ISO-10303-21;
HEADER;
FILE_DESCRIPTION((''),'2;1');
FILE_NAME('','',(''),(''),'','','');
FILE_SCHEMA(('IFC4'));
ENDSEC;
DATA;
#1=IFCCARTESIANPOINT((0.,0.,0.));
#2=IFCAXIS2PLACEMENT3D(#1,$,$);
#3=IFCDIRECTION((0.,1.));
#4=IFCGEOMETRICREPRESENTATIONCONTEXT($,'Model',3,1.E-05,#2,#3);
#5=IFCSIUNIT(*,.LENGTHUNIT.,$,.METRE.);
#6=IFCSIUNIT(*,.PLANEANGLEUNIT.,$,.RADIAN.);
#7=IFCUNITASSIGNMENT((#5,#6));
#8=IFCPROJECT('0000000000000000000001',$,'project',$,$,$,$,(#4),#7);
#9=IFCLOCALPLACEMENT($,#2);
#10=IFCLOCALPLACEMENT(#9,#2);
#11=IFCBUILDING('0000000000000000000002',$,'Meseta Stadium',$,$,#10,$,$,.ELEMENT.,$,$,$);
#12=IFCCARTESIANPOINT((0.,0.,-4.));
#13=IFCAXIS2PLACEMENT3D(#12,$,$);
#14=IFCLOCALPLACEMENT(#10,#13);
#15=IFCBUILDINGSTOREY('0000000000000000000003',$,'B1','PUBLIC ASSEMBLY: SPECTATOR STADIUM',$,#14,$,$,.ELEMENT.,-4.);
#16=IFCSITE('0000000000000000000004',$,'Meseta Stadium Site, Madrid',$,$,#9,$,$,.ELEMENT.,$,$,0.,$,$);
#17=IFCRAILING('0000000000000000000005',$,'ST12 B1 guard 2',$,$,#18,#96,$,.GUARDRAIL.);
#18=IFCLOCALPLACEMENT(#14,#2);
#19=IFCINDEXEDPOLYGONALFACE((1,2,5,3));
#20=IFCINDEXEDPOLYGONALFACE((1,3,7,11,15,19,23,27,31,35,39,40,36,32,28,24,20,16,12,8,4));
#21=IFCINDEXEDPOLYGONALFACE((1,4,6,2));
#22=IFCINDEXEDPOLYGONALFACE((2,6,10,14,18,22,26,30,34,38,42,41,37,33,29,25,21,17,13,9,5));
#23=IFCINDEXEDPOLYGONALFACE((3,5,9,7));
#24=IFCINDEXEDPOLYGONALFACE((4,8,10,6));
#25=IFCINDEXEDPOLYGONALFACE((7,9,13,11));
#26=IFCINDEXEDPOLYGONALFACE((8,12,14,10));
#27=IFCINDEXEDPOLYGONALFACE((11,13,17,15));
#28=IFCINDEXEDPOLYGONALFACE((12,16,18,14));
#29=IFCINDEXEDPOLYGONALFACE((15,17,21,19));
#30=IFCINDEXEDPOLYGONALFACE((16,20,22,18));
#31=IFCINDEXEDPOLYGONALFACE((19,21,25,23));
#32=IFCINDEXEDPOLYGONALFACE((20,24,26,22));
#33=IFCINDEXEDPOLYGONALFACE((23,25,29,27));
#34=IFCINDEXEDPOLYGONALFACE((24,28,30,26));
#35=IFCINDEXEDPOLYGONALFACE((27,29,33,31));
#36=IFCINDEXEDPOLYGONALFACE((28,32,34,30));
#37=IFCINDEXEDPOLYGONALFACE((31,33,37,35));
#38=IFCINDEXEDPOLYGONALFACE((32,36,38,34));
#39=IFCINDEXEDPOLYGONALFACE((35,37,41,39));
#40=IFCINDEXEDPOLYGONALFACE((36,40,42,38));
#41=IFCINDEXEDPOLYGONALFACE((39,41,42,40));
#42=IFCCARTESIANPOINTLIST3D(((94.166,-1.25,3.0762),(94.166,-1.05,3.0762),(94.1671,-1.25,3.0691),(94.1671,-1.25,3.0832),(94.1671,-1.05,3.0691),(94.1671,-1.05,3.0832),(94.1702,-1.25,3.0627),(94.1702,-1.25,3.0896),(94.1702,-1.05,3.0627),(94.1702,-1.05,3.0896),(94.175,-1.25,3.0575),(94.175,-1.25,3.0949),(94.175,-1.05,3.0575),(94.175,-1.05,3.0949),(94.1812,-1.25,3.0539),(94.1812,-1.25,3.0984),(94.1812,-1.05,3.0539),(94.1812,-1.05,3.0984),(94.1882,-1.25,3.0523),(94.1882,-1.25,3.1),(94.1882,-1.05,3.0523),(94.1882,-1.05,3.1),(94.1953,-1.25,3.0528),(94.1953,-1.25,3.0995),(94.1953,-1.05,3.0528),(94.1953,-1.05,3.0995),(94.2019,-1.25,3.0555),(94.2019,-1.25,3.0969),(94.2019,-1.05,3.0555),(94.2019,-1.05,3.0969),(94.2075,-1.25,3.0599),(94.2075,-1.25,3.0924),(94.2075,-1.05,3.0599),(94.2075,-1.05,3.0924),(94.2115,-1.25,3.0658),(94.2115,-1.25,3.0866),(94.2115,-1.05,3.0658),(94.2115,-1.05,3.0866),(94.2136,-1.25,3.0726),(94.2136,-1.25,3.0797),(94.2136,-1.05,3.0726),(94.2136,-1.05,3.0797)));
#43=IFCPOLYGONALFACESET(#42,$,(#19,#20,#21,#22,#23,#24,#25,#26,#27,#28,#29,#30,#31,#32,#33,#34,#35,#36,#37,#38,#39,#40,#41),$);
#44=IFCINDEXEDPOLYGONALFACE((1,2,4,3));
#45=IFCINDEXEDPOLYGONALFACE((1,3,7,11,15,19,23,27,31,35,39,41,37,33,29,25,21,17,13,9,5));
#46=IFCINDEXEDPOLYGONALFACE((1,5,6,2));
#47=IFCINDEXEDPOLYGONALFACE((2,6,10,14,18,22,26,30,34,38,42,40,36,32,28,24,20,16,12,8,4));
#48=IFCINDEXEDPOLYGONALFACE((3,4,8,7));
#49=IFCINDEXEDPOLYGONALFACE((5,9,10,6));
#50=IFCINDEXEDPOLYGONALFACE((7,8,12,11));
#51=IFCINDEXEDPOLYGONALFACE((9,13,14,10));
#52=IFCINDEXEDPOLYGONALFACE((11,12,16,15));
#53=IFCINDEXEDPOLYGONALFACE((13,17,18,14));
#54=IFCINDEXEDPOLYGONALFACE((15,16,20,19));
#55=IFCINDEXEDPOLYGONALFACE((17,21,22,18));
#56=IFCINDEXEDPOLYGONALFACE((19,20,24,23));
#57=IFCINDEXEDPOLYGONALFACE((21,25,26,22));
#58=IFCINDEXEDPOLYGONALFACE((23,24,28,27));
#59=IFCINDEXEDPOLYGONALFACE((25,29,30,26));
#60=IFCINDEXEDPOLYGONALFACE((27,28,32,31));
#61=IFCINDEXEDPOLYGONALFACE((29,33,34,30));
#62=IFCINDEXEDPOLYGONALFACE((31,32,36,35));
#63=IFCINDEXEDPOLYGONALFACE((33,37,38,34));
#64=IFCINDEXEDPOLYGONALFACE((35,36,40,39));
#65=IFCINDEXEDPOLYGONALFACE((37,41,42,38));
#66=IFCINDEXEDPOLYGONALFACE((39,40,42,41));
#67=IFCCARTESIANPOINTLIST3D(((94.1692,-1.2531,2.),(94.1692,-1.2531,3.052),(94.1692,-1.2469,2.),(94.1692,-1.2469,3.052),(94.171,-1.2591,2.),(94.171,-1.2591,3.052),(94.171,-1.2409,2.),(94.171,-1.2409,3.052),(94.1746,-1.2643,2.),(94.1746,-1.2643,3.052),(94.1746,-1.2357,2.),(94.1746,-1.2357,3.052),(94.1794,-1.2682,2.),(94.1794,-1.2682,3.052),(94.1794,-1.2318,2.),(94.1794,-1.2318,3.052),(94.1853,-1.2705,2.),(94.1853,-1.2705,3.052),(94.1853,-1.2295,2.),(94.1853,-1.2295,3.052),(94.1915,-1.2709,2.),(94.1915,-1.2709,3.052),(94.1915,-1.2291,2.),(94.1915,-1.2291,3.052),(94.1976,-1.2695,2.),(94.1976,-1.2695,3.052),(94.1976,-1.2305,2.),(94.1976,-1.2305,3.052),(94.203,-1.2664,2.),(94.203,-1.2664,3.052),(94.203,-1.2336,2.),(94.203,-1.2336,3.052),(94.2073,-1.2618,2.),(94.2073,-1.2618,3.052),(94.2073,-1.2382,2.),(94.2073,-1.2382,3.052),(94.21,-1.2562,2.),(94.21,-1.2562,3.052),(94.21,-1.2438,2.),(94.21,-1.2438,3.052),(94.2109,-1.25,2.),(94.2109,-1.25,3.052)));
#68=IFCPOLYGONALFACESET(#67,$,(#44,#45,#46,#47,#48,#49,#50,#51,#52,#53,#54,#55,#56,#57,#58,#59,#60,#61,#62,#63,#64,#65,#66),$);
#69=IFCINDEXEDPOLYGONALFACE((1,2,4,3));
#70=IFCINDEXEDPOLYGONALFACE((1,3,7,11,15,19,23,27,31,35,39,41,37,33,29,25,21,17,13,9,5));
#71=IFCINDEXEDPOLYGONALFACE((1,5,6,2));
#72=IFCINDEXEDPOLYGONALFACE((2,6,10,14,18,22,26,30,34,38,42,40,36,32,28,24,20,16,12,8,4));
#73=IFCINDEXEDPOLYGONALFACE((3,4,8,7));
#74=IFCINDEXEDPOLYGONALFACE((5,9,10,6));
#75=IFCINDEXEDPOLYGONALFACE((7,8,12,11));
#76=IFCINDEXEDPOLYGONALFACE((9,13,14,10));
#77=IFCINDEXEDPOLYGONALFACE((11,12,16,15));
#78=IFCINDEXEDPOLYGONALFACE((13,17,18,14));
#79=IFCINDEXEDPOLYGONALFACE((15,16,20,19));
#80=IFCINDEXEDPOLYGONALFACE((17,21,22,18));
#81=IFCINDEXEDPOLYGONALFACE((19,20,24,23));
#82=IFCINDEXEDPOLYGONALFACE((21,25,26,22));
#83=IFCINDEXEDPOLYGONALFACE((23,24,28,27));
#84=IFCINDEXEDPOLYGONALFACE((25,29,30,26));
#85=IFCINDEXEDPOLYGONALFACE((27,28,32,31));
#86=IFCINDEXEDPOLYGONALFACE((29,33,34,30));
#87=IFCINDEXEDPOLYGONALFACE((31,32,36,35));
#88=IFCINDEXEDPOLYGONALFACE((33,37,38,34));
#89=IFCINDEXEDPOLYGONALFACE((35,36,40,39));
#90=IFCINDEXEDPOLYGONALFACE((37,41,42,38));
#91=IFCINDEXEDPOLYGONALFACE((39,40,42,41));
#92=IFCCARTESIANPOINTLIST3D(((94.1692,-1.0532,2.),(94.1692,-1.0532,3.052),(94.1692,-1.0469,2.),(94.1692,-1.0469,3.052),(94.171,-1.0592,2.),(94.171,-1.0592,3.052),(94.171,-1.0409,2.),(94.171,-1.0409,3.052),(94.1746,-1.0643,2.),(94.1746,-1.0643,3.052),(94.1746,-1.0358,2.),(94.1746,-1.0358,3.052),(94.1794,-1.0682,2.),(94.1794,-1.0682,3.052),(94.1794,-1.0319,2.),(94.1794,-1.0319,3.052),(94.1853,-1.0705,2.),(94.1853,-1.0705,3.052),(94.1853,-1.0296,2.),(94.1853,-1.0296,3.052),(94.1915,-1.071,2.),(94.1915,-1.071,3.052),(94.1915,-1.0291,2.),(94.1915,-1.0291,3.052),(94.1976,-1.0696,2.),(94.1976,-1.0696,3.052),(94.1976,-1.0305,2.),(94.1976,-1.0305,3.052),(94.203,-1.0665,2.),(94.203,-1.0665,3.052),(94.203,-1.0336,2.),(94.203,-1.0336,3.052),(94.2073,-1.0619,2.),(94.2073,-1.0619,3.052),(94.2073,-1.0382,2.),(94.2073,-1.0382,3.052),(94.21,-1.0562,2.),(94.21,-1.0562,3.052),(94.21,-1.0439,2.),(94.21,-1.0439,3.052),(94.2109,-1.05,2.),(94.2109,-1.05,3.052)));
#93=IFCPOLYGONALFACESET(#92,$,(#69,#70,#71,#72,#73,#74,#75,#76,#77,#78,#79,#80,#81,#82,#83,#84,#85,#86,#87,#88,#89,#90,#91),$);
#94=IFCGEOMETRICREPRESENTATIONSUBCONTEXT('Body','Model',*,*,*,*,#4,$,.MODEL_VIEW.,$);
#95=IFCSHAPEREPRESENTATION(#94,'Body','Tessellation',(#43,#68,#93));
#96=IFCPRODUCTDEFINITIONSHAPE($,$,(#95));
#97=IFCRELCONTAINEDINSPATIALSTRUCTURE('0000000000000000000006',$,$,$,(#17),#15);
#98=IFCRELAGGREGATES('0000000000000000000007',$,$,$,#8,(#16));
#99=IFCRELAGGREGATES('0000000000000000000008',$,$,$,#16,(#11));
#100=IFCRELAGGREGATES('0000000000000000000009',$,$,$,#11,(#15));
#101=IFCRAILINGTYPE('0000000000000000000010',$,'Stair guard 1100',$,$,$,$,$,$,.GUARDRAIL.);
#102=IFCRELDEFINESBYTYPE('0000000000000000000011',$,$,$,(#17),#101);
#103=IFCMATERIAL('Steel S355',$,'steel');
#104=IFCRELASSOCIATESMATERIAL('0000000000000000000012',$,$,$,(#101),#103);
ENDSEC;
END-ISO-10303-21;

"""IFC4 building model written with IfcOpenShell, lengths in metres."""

from ifc_helpers import new_model, si_unit, direction, frame, origin, origin_2d, place, context, subcontext, project, spatial, circle, extrude, material, type_object, element, save


model = new_model("IFC4")

# Units and contexts
model_context = context("Model", 3, precision=1e-05, world=origin(), true_north=direction((0.0, 1.0)))
body_context = subcontext(model_context, "Body", "Model", "MODEL_VIEW")
ifc_project = project(units=[si_unit("LENGTHUNIT", "METRE"), si_unit("PLANEANGLEUNIT", "RADIAN")], contexts=[model_context])

# Site, building, storey
site_placement = place(None, origin())
site = spatial("IfcSite", under=ifc_project, at=site_placement, Name="Meseta Stadium Site, Madrid", CompositionType="ELEMENT", RefElevation=0.0)
building_placement = place(site_placement, origin())
building = spatial("IfcBuilding", under=site, at=building_placement, Name="Meseta Stadium", CompositionType="ELEMENT")
storey_placement = place(building_placement, frame((0.0, 0.0, -4.0)))
storey = spatial("IfcBuildingStorey", under=building, at=storey_placement, Name="B1", Description="PUBLIC ASSEMBLY: SPECTATOR STADIUM", CompositionType="ELEMENT", Elevation=-4.0)

# Railing
ifc_material_1 = material(Name="Steel S355", Category="steel")
railing_type_1 = type_object("IfcRailingType", Name="Stair guard 1100", PredefinedType="GUARDRAIL", material=ifc_material_1)
railing_1_placement = place(storey_placement, frame((94.1899, -1.25, 2.0)))
element("IfcRailing", 1, at=railing_1_placement, inside=storey, type_object=railing_type_1, Name="ST12 B1 guard 2", PredefinedType="GUARDRAIL", context=body_context, shape_type="SweptSolid", body=[
    extrude(circle(Radius=0.0239, at=origin_2d()), frame((0.0, 0.0, 1.0762), z_axis=(0.0, 1.0, 0.0), x_axis=(-1.0, 0.0, 0.0)), (0.0, 0.0, 1.0), 0.2),
    extrude(circle(Radius=0.021, at=origin_2d()), origin(), (0.0, 0.0, 1.0), 1.052),
    extrude(circle(Radius=0.021, at=origin_2d()), frame((0.0, 0.2, 0.0)), (0.0, 0.0, 1.0), 1.052),
])

save(model, "model.ifc")
